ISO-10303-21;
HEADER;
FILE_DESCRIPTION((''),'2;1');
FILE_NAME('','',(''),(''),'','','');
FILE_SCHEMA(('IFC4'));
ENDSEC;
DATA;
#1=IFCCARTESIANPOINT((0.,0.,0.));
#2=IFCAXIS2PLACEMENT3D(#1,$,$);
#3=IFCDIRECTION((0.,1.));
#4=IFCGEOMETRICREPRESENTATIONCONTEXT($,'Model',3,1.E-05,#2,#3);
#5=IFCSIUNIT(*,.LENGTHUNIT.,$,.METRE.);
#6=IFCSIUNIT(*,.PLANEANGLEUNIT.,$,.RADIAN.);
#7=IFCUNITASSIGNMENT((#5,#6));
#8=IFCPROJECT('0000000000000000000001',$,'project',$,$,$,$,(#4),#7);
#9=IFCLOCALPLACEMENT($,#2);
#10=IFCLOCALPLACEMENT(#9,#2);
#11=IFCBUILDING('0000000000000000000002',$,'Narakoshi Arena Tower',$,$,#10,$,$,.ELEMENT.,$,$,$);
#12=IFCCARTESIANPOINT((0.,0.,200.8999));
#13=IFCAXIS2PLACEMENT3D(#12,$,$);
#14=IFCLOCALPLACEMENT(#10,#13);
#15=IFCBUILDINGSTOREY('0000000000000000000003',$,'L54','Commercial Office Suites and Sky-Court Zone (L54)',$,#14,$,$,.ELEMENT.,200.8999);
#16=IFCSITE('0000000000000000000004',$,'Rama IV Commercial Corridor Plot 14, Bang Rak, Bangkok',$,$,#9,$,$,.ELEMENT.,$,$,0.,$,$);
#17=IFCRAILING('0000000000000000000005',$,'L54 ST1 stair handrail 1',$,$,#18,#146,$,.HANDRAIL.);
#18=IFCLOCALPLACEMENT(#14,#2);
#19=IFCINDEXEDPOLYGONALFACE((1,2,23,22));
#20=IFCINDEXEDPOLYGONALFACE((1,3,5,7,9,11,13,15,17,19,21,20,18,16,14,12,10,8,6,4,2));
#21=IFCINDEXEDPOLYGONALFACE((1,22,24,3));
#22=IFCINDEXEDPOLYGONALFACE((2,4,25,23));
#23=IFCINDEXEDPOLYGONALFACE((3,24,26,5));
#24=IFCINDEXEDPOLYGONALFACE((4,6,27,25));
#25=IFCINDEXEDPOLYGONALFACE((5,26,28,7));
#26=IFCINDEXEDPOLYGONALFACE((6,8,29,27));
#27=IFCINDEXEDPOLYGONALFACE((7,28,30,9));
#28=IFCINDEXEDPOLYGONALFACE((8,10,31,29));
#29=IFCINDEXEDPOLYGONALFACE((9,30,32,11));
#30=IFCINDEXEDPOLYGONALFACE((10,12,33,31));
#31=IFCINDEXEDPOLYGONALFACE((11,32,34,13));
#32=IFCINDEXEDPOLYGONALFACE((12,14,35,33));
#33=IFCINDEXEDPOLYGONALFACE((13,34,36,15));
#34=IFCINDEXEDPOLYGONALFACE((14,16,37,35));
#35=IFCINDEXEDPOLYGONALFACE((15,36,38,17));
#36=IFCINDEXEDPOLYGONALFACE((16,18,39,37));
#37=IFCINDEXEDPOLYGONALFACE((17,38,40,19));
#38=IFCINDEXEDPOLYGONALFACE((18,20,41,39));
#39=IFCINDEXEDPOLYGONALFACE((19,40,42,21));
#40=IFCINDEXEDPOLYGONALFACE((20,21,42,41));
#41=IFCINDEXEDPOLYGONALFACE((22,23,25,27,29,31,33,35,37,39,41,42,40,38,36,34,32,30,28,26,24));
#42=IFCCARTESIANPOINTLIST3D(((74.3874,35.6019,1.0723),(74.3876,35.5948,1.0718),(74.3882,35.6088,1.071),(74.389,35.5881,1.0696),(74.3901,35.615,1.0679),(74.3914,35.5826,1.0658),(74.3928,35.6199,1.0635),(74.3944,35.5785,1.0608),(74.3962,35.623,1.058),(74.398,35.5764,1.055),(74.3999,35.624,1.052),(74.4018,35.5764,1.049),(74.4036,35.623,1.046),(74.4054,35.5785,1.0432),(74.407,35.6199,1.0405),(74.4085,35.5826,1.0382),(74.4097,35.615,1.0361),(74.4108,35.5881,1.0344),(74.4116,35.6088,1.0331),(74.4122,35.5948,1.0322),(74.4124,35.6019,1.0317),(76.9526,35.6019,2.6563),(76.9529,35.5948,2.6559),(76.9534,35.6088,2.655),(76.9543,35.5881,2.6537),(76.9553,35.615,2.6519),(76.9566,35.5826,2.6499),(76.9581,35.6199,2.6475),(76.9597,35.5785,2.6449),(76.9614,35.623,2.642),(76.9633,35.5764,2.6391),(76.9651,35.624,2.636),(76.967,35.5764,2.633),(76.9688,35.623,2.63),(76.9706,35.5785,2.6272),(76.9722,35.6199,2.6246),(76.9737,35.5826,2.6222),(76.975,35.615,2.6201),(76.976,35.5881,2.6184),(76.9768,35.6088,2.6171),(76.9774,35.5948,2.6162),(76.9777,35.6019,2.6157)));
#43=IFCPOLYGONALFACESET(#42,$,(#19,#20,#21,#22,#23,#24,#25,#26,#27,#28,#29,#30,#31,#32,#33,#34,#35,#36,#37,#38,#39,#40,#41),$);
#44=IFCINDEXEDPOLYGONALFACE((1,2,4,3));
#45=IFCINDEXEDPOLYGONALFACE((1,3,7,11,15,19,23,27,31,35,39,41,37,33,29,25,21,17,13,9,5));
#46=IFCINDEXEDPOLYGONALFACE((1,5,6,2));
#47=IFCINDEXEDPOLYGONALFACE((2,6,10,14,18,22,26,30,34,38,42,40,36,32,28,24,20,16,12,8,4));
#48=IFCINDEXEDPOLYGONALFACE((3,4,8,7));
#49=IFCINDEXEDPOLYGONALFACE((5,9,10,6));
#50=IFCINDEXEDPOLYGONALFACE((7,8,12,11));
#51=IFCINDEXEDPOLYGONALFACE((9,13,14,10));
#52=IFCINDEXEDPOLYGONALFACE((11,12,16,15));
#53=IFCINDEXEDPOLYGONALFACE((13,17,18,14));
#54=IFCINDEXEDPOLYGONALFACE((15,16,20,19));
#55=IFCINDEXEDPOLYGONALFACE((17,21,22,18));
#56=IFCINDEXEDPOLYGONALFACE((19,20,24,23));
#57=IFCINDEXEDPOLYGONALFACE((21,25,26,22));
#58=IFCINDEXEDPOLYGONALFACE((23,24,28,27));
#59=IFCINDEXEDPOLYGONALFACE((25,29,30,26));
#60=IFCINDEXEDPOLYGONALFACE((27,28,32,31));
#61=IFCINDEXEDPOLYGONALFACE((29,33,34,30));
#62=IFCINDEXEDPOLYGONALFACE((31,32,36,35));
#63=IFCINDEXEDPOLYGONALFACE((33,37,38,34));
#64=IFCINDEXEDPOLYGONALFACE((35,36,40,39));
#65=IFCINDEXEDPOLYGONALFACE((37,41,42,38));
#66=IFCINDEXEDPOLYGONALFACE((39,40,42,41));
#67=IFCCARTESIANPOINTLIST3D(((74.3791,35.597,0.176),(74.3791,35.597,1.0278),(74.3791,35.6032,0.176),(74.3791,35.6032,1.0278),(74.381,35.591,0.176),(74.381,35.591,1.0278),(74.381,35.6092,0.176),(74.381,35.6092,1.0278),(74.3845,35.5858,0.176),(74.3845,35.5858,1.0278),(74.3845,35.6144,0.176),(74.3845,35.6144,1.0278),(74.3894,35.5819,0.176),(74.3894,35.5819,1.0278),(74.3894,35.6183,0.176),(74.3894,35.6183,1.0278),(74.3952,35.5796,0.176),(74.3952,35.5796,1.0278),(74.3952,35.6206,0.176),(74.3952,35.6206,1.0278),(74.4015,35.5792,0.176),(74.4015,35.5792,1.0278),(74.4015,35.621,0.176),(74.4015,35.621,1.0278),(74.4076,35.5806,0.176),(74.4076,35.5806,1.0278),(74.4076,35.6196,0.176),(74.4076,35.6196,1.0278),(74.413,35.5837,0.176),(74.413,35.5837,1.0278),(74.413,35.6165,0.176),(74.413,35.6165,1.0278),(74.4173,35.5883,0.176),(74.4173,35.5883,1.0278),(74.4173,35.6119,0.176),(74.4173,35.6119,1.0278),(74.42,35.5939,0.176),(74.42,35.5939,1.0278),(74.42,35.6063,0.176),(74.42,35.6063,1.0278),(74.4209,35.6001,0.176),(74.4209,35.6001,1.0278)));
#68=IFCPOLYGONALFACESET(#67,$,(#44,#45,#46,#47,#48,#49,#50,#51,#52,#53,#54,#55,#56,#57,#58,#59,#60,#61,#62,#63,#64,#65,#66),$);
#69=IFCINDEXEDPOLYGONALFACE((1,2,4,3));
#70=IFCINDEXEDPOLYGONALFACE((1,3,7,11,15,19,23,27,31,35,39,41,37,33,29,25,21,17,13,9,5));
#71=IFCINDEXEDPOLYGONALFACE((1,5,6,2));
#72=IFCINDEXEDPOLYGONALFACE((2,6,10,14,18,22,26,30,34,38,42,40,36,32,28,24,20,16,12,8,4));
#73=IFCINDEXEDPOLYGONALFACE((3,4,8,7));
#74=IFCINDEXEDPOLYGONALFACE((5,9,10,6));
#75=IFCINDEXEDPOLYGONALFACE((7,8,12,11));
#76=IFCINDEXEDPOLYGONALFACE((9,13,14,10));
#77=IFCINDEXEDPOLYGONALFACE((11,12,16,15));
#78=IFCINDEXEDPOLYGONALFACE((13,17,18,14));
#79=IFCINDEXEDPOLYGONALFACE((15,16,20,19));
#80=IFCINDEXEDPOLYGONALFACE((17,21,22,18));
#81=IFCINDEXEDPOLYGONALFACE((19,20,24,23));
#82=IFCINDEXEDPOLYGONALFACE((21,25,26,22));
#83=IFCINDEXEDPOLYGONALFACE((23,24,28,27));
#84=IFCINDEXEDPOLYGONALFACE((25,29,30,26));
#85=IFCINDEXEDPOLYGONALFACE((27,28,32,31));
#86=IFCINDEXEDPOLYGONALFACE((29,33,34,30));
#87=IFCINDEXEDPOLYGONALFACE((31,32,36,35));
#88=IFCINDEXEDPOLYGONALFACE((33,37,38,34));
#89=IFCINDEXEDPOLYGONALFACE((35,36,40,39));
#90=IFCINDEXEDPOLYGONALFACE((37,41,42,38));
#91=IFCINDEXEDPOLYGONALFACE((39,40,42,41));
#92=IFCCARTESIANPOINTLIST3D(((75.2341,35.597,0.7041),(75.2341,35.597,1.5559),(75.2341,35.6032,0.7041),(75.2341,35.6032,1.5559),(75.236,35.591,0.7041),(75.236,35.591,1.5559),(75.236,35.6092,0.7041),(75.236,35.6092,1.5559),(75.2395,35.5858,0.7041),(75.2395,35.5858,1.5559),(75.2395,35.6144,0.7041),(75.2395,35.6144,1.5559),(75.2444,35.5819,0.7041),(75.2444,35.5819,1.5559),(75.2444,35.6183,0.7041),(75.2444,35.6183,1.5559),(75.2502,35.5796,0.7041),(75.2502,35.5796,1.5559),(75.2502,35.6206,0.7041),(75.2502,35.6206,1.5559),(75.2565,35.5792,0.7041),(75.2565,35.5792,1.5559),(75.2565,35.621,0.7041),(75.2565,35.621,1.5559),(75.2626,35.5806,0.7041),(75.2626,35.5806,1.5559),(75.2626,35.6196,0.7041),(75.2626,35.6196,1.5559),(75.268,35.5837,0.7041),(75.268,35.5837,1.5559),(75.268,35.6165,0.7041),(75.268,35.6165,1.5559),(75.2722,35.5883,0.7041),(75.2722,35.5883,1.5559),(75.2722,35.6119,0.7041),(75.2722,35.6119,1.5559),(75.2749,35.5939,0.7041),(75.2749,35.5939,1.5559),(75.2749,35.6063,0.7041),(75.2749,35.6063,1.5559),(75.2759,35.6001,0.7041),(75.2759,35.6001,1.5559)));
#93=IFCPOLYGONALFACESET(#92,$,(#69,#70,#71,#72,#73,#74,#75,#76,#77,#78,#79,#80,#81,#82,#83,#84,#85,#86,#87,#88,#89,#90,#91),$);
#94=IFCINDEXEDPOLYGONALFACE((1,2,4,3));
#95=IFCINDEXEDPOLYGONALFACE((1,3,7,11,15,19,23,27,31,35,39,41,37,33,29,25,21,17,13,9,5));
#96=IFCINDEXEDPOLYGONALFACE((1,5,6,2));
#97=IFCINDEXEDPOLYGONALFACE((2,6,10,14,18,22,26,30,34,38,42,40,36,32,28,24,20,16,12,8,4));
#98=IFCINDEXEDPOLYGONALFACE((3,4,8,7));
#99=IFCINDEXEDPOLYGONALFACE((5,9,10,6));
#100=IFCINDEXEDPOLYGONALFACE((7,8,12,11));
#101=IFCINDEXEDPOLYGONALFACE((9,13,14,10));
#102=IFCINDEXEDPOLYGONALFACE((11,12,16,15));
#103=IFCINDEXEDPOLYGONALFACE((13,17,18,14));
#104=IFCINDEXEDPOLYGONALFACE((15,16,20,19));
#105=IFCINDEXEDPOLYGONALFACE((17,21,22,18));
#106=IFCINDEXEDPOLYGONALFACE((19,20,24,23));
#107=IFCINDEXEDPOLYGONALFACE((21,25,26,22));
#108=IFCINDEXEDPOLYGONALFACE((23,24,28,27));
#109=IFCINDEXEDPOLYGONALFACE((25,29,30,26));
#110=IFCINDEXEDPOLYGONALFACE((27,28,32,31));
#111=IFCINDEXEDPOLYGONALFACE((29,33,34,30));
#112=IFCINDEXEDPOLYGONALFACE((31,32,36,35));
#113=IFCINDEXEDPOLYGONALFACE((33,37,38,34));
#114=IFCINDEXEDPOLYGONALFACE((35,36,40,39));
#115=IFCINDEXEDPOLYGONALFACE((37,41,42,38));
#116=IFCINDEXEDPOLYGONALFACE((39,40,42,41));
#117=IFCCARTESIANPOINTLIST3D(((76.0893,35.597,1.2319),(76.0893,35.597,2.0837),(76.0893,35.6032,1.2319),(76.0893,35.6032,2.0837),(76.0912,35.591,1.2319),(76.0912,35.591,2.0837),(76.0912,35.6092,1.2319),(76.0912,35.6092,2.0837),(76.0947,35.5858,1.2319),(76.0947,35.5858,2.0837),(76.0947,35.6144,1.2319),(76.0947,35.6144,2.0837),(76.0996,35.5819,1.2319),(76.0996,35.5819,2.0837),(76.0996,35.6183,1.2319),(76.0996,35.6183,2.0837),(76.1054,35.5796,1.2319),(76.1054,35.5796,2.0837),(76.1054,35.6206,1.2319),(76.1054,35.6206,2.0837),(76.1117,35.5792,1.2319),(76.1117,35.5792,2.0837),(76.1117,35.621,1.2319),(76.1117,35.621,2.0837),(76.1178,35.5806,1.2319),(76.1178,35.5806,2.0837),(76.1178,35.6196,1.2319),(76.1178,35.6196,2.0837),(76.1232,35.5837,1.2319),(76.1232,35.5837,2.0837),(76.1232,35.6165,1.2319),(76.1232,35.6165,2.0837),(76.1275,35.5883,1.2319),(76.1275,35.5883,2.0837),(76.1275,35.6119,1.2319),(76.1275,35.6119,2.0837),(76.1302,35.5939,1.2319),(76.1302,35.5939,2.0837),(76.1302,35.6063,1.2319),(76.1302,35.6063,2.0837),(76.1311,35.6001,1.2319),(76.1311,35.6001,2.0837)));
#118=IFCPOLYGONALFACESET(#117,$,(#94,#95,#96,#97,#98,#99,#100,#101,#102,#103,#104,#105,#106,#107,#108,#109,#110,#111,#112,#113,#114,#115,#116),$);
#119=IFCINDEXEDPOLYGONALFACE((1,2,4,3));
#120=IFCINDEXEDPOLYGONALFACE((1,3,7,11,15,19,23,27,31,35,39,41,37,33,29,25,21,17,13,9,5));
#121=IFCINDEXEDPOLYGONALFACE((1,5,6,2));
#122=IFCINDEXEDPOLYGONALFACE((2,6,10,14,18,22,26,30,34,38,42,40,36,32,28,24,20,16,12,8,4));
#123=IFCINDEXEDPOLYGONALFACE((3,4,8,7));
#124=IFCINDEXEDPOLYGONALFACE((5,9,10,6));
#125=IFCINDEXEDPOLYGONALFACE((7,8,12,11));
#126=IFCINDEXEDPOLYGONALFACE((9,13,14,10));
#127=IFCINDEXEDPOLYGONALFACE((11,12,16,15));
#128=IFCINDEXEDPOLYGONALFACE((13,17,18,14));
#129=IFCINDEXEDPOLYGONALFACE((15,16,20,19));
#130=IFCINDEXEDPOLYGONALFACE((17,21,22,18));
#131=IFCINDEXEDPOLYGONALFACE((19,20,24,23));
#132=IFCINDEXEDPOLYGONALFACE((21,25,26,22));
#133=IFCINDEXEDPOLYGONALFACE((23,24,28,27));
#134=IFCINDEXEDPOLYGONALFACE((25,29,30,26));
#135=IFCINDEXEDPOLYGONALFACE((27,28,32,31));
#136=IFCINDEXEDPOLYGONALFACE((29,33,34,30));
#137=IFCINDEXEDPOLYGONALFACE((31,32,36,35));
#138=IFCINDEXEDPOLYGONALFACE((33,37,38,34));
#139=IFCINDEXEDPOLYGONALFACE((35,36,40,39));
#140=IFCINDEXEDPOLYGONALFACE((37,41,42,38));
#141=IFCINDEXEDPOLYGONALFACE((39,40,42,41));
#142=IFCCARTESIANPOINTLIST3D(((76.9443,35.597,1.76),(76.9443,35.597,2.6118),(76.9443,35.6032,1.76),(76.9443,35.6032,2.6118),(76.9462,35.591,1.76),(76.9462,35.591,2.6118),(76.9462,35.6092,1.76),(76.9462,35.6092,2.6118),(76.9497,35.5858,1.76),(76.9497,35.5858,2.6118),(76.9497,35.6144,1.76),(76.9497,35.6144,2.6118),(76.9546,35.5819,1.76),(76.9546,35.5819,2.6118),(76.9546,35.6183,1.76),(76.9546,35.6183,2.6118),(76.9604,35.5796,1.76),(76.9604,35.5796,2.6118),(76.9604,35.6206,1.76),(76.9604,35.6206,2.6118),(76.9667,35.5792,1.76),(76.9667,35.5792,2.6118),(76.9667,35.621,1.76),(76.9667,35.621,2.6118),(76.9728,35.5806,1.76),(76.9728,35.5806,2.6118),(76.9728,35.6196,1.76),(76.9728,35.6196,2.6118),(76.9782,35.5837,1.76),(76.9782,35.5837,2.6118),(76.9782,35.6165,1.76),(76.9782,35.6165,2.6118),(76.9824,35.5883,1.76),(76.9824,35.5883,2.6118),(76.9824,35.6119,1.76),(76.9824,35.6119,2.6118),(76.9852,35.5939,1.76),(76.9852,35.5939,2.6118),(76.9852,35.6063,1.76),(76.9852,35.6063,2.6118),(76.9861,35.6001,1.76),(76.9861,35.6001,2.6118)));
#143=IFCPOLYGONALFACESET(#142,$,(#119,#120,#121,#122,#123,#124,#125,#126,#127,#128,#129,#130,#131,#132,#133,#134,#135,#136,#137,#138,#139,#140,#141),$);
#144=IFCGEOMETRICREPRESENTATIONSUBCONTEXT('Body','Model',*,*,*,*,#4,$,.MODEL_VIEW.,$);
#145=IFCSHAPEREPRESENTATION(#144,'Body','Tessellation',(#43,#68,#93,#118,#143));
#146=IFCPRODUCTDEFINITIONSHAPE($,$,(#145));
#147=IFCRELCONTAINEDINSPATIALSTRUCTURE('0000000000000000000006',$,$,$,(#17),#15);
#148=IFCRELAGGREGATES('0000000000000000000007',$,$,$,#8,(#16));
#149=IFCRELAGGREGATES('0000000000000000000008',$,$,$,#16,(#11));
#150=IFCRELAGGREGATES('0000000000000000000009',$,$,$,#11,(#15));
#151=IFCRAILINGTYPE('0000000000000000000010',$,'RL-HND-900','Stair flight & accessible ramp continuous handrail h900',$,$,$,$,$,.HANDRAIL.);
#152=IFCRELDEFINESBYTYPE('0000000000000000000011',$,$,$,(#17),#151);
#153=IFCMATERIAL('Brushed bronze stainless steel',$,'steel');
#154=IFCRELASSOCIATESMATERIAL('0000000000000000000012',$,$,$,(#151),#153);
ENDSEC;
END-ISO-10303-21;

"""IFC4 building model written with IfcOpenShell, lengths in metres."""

from ifc_helpers import new_model, si_unit, direction, frame, origin, origin_2d, place, context, subcontext, project, spatial, circle, extrude, material, type_object, element, save


model = new_model("IFC4")

# Units and contexts
model_context = context("Model", 3, precision=1e-05, world=origin(), true_north=direction((0.0, 1.0)))
body_context = subcontext(model_context, "Body", "Model", "MODEL_VIEW")
ifc_project = project(units=[si_unit("LENGTHUNIT", "METRE"), si_unit("PLANEANGLEUNIT", "RADIAN")], contexts=[model_context])

# Site, building, storey
site_placement = place(None, origin())
site = spatial("IfcSite", under=ifc_project, at=site_placement, Name="Rama IV Commercial Corridor Plot 14, Bang Rak, Bangkok", CompositionType="ELEMENT", RefElevation=0.0)
building_placement = place(site_placement, origin())
building = spatial("IfcBuilding", under=site, at=building_placement, Name="Narakoshi Arena Tower", CompositionType="ELEMENT")
storey_placement = place(building_placement, frame((0.0, 0.0, 200.8999)))
storey = spatial("IfcBuildingStorey", under=building, at=storey_placement, Name="L54", Description="Commercial Office Suites and Sky-Court Zone (L54)", CompositionType="ELEMENT", Elevation=200.8999)

# Railing
ifc_material_1 = material(Name="Brushed bronze stainless steel", Category="steel")
railing_type_1 = type_object("IfcRailingType", Name="RL-HND-900", Description="Stair flight & accessible ramp continuous handrail h900", PredefinedType="HANDRAIL", material=ifc_material_1)
railing_1_placement = place(storey_placement, frame((74.3999, 35.6001, 0.176)))
element("IfcRailing", 1, at=railing_1_placement, inside=storey, type_object=railing_type_1, Name="L54 ST1 stair handrail 1", PredefinedType="HANDRAIL", context=body_context, shape_type="SweptSolid", body=[
    extrude(circle(Radius=0.0239, at=origin_2d()), frame((0.0, 0.0, 0.876), z_axis=(0.850857, 0.0, 0.525398), x_axis=(0.0, 1.0, 0.0)), (0.0, 0.0, 1.0), 3.0149),
    extrude(circle(Radius=0.021, at=origin_2d()), origin(), (0.0, 0.0, 1.0), 0.8518),
    extrude(circle(Radius=0.021, at=origin_2d()), frame((0.855, 0.0, 0.5281)), (0.0, 0.0, 1.0), 0.8518),
    extrude(circle(Radius=0.021, at=origin_2d()), frame((1.7102, 0.0, 1.0559)), (0.0, 0.0, 1.0), 0.8518),
    extrude(circle(Radius=0.021, at=origin_2d()), frame((2.5652, 0.0, 1.584)), (0.0, 0.0, 1.0), 0.8518),
])

save(model, "model.ifc")
